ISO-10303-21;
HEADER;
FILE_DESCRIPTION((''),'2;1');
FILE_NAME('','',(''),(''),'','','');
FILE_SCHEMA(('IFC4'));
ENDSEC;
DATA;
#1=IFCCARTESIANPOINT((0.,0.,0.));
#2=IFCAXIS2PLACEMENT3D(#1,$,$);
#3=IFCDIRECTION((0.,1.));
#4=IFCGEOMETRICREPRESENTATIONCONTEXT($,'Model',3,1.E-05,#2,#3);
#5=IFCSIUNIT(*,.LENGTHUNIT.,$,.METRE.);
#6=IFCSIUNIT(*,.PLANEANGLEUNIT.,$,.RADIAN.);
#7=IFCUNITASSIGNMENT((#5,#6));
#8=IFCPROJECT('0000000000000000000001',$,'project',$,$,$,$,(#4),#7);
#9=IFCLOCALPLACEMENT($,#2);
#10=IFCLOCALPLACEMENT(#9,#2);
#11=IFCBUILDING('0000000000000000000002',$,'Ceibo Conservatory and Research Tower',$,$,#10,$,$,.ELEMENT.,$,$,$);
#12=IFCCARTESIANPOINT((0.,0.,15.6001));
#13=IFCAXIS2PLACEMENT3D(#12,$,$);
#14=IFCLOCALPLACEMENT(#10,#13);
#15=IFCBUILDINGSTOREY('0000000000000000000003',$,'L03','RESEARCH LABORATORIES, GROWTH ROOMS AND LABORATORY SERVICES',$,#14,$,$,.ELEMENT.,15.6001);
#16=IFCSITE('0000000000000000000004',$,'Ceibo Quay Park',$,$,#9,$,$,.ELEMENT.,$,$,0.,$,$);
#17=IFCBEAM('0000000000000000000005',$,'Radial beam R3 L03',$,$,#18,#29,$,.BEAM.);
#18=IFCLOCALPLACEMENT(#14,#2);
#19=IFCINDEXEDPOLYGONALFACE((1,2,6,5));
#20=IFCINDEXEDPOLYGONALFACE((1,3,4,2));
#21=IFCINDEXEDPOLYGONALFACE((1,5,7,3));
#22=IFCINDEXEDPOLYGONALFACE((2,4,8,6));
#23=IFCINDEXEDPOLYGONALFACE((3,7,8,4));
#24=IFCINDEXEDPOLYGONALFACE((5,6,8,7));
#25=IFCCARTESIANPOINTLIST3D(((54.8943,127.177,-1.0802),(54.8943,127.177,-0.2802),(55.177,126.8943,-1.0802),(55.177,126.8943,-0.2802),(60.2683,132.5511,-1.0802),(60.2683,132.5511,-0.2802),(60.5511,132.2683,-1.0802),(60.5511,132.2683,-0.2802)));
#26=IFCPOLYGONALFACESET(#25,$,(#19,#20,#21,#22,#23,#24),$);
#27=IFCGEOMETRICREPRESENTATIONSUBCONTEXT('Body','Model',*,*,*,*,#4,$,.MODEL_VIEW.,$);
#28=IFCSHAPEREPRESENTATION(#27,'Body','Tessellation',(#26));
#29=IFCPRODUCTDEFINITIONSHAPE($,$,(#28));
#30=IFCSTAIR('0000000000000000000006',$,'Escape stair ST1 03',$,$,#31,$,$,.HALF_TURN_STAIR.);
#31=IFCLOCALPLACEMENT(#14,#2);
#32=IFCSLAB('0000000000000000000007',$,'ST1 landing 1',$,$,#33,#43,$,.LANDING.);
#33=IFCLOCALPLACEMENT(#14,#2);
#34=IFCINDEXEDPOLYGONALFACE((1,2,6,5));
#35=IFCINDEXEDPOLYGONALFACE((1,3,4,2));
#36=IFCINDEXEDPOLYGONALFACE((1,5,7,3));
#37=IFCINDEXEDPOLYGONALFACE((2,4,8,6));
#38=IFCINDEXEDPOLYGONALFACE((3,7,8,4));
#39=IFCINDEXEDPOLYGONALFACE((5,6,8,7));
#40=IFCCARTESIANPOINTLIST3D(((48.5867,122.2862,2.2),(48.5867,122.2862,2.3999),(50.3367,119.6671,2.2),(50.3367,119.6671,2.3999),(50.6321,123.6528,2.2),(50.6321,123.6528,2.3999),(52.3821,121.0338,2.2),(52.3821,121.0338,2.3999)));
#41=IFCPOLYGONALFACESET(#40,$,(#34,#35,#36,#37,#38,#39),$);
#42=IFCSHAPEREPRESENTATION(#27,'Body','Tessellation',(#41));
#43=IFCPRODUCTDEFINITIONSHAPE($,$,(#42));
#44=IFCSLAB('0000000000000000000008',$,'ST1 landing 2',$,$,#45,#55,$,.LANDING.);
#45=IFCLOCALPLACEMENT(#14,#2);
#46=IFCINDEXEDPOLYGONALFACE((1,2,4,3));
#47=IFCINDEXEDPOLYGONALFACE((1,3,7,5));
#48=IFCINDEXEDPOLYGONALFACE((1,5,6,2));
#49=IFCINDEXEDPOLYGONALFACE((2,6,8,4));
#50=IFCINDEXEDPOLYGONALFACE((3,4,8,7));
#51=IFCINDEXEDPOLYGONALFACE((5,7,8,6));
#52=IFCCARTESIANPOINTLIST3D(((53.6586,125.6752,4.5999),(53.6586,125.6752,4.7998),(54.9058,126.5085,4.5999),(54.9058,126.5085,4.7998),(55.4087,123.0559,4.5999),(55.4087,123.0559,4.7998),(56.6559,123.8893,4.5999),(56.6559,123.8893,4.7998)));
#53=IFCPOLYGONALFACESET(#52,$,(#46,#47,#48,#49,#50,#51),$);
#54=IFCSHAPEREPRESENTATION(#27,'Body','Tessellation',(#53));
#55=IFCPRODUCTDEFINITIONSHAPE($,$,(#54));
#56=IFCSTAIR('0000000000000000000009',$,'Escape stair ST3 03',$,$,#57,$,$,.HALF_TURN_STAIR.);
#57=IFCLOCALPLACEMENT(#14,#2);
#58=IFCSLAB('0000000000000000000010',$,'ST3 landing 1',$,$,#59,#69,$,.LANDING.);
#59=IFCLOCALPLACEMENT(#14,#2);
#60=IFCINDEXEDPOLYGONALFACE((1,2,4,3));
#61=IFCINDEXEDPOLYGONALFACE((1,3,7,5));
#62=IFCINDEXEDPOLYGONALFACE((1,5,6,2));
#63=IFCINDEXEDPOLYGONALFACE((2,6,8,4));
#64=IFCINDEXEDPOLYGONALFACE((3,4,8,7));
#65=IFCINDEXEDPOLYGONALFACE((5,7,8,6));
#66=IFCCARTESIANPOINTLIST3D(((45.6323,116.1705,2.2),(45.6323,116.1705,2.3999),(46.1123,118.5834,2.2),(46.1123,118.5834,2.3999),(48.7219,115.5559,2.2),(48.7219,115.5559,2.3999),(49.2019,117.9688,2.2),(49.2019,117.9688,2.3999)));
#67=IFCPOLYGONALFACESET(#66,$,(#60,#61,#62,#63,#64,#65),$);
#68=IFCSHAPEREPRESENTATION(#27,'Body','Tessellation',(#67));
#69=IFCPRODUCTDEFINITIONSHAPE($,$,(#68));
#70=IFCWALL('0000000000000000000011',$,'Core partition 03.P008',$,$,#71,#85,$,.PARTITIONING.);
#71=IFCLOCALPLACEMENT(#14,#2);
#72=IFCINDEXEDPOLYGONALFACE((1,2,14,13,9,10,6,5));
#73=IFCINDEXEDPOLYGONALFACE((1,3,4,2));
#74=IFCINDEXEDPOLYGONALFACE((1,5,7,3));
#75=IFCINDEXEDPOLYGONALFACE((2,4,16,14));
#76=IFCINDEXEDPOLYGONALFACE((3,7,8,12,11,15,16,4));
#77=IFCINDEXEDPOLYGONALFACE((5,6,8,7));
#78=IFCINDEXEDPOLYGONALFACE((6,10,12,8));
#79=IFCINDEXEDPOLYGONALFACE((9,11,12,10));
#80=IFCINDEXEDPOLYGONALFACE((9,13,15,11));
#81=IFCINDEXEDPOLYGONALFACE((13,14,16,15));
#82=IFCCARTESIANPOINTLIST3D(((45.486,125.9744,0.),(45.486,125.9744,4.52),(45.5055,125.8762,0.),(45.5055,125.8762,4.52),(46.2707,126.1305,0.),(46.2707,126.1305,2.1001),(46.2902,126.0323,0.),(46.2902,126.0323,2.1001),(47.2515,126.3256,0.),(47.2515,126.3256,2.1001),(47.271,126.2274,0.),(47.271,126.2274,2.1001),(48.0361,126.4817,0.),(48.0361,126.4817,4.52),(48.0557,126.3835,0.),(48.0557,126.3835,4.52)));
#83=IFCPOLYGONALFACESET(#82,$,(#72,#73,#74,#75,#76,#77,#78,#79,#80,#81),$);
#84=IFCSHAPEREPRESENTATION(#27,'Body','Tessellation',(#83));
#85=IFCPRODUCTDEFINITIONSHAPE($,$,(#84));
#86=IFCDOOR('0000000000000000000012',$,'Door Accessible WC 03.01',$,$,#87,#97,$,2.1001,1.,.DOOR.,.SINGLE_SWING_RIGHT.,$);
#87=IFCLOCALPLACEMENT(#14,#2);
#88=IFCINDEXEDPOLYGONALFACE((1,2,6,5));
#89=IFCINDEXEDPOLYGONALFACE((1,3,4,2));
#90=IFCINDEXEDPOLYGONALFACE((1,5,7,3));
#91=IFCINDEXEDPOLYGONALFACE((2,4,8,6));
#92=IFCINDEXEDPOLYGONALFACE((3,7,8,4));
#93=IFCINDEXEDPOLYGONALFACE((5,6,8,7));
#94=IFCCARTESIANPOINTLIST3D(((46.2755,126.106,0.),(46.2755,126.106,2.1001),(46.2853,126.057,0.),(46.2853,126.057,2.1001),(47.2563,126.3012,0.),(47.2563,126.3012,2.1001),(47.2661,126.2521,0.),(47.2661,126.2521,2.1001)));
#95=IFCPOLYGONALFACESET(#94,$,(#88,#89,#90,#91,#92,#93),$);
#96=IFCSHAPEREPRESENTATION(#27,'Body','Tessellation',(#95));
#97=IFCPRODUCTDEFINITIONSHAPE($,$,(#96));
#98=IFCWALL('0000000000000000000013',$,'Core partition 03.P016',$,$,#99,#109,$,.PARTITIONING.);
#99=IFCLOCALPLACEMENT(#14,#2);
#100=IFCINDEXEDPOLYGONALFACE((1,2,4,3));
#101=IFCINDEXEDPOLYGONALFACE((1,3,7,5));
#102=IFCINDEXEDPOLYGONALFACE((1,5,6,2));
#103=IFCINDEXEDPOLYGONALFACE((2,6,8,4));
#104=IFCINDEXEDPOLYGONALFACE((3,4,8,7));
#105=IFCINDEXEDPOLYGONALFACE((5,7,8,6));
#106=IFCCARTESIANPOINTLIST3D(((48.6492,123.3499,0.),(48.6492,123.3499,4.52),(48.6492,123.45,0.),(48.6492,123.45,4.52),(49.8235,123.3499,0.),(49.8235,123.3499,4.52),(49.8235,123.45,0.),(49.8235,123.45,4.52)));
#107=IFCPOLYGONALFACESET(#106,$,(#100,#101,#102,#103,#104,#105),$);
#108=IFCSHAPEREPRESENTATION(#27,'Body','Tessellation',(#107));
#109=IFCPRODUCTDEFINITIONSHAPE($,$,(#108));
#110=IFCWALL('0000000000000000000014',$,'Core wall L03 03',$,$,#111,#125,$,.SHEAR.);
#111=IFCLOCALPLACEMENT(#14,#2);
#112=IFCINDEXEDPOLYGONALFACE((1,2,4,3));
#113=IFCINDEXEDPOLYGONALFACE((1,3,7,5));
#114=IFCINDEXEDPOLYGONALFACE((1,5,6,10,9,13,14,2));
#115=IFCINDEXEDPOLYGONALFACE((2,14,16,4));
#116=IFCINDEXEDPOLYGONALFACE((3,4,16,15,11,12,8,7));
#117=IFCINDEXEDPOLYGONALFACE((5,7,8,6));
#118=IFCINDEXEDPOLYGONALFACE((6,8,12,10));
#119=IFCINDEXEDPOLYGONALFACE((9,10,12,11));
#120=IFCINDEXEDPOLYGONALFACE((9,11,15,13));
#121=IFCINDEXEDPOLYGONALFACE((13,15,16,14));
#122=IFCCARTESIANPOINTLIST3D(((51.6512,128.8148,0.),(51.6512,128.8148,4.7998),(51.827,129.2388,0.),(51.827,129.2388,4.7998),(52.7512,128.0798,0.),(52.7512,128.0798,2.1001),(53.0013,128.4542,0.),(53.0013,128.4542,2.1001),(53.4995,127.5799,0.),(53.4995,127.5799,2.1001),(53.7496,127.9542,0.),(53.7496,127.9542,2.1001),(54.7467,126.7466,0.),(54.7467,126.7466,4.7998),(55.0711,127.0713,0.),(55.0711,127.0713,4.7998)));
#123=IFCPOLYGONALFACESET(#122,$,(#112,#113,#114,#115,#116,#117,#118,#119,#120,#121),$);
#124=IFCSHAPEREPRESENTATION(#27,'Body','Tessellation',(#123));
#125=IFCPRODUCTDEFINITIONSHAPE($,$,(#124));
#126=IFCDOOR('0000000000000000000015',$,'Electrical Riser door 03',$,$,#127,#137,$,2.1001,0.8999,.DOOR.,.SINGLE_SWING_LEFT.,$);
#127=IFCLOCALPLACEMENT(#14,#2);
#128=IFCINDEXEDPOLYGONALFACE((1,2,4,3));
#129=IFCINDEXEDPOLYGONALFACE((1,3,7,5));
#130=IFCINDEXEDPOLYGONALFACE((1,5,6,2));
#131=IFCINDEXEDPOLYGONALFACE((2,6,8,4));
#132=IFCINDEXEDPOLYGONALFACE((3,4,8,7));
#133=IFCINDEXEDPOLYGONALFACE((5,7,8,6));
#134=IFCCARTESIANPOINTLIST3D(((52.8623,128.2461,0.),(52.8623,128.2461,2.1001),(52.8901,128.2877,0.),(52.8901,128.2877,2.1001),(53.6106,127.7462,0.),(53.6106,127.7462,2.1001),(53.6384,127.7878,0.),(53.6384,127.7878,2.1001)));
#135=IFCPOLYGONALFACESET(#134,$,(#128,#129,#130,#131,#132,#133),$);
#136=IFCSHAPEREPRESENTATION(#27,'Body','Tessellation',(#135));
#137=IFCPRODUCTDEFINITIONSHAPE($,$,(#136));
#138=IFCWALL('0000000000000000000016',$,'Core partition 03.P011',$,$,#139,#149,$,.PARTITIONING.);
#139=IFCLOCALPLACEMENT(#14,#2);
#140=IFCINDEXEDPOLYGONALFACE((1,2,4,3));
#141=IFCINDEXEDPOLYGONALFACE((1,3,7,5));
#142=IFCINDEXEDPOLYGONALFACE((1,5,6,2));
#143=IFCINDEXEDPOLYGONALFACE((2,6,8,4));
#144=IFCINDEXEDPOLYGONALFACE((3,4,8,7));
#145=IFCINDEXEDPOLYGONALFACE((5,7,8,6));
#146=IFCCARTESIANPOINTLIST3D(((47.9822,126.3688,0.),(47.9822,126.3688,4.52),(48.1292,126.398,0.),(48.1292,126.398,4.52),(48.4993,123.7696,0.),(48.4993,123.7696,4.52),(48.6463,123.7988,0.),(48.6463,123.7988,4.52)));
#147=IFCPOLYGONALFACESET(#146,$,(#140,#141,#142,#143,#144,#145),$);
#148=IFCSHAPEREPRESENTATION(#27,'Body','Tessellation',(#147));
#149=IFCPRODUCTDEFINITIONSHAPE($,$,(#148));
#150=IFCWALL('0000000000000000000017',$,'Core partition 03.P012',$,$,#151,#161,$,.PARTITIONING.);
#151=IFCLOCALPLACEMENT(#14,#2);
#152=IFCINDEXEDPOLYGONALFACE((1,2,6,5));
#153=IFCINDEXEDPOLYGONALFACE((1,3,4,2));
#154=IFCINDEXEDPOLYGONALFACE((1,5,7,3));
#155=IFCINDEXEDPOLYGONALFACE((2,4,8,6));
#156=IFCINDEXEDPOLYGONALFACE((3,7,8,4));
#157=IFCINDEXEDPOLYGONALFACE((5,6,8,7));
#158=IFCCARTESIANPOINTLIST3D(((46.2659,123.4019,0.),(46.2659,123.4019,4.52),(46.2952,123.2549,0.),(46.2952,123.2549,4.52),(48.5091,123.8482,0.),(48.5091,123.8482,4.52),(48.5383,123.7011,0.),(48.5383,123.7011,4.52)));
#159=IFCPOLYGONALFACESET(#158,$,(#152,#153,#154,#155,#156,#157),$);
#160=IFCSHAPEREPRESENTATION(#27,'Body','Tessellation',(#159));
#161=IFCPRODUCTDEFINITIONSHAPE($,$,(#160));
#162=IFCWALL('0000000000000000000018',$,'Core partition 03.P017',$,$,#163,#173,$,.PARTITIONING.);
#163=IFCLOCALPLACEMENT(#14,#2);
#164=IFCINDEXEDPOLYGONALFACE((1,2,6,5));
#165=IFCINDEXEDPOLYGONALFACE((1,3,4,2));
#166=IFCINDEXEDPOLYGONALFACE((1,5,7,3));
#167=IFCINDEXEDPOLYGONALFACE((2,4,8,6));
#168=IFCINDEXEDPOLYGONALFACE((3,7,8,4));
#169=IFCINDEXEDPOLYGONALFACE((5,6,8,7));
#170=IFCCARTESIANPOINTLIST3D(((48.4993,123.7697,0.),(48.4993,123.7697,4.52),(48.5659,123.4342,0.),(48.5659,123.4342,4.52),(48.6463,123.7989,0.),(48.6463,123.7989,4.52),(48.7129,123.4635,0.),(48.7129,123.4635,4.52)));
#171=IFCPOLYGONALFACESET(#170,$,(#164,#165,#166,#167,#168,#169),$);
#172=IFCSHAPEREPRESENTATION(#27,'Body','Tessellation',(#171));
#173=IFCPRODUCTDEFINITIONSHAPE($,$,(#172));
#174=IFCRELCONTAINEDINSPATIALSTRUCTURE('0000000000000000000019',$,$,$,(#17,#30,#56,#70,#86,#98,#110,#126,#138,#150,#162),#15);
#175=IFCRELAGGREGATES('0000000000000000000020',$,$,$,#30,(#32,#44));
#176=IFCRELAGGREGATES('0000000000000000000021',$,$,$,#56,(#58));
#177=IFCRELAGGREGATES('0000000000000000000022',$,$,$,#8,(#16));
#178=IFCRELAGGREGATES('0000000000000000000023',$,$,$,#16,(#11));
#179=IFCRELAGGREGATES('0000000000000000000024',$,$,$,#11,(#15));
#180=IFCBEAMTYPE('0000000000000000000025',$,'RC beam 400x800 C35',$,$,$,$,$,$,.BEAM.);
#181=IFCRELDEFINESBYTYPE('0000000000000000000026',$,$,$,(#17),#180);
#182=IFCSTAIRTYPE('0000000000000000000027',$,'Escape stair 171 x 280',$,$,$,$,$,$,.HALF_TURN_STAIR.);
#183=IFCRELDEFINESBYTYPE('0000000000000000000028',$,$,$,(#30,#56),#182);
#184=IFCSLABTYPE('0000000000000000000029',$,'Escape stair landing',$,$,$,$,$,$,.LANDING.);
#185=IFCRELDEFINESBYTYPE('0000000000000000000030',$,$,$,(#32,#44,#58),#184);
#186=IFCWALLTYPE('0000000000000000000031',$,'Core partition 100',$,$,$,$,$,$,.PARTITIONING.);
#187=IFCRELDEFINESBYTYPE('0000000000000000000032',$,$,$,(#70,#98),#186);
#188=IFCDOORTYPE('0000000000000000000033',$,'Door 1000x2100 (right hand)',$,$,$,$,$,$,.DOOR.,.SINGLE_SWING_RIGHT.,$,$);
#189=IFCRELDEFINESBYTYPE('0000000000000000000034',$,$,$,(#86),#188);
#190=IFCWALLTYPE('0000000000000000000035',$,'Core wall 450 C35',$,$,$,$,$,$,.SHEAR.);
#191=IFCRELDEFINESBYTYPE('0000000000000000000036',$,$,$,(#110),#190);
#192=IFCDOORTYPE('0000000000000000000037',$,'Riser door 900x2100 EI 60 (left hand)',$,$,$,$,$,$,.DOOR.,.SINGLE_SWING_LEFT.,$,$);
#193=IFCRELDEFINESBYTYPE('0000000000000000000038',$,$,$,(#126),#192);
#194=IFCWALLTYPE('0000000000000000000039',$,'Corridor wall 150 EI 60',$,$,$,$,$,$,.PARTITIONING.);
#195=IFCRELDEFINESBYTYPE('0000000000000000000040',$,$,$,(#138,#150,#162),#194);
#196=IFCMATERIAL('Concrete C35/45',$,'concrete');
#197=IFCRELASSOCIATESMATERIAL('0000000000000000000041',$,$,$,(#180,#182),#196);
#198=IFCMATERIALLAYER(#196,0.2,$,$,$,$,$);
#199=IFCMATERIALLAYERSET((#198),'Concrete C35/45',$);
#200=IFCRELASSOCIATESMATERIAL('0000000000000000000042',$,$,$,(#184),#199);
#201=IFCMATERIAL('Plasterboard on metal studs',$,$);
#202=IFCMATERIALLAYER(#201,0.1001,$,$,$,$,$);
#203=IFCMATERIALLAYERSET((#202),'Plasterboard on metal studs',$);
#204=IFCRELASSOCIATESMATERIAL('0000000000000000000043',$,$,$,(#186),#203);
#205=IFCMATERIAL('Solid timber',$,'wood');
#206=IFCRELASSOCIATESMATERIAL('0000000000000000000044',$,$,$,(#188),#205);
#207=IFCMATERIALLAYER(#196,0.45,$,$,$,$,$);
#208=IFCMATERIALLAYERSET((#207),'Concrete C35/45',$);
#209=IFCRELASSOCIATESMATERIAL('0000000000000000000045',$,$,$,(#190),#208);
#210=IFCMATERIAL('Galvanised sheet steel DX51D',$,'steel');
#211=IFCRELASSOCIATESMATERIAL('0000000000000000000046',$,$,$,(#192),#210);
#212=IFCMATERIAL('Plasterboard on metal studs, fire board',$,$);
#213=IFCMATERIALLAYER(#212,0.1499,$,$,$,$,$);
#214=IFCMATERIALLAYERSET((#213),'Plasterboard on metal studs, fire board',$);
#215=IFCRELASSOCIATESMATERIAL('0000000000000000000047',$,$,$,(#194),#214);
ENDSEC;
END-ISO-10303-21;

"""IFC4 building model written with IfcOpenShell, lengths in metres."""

from ifc_helpers import new_model, si_unit, direction, frame, frame_2d, origin, origin_2d, place, context, subcontext, project, spatial, polyline, rectangle, outline, extrude, material, layer, layer_set, material_profile, profile_set, type_object, element, fill, aggregate, save


model = new_model("IFC4")

# Units and contexts
model_context = context("Model", 3, precision=1e-05, world=origin(), true_north=direction((0.0, 1.0)))
body_context = subcontext(model_context, "Body", "Model", "MODEL_VIEW")
ifc_project = project(units=[si_unit("LENGTHUNIT", "METRE"), si_unit("PLANEANGLEUNIT", "RADIAN")], contexts=[model_context])

# Site, building, storey
site_placement = place(None, origin())
site = spatial("IfcSite", under=ifc_project, at=site_placement, Name="Ceibo Quay Park", CompositionType="ELEMENT", RefElevation=0.0)
building_placement = place(site_placement, origin())
building = spatial("IfcBuilding", under=site, at=building_placement, Name="Ceibo Conservatory and Research Tower", CompositionType="ELEMENT")
storey_placement = place(building_placement, frame((0.0, 0.0, 15.6001)))
storey = spatial("IfcBuildingStorey", under=building, at=storey_placement, Name="L03", Description="RESEARCH LABORATORIES, GROWTH ROOMS AND LABORATORY SERVICES", CompositionType="ELEMENT", Elevation=15.6001)

# Beam
ifc_material_1 = material(Name="Concrete C35/45", Category="concrete")
ifc_material_profile = material_profile(ifc_material_1, rectangle(XDim=0.3999, YDim=0.8, at=origin_2d()), Name="RC 400x800")
ifc_profile_set = profile_set([ifc_material_profile], Name="Concrete C35/45")
beam_type = type_object("IfcBeamType", Name="RC beam 400x800 C35", PredefinedType="BEAM", material=ifc_profile_set)
beam_placement = place(storey_placement, frame((55.0356, 127.0356, -0.6802), z_axis=(0.707107, 0.707107, 0.0), x_axis=(-0.707107, 0.707107, 0.0)))
element("IfcBeam", 1, at=beam_placement, inside=storey, type_object=beam_type, Name="Radial beam R3 L03", PredefinedType="BEAM", context=body_context, shape_type="SweptSolid", body=[
    extrude(rectangle(XDim=0.3999, YDim=0.8, at=origin_2d()), origin(), (0.0, 0.0, 1.0), 7.6001),
])

# Stair, slabs
stair_type = type_object("IfcStairType", Name="Escape stair 171 x 280", PredefinedType="HALF_TURN_STAIR", material=ifc_material_1)
stair_1_placement = place(storey_placement, origin())
stair_1 = element("IfcStair", 2, at=stair_1_placement, inside=storey, type_object=stair_type, Name="Escape stair ST1 03", PredefinedType="HALF_TURN_STAIR")
ifc_layer_1 = layer(ifc_material_1, 0.2)
ifc_layer_set_1 = layer_set([ifc_layer_1], Name="Concrete C35/45")
slab_type = type_object("IfcSlabType", Name="Escape stair landing", PredefinedType="LANDING", material=ifc_layer_set_1)
slab_1_placement = place(storey_placement, frame((50.6321, 123.6528, 2.2), z_axis=(0.0, 0.0, 1.0), x_axis=(-0.83147, -0.55557, 0.0)))
slab_1 = element("IfcSlab", 3, at=slab_1_placement, type_object=slab_type, Name="ST1 landing 1", PredefinedType="LANDING", context=body_context, shape_type="SweptSolid", body=[
    extrude(outline(polyline([(0.0, 0.0), (2.46, 0.0), (2.46, 3.1499), (0.0, 3.1499), (0.0, 0.0)])), origin(), (0.0, 0.0, 1.0), 0.2),
])
slab_2_placement = place(storey_placement, frame((54.9058, 126.5085, 4.5999), z_axis=(0.0, 0.0, 1.0), x_axis=(-0.83147, -0.55557, 0.0)))
slab_2 = element("IfcSlab", 4, at=slab_2_placement, type_object=slab_type, Name="ST1 landing 2", PredefinedType="LANDING", context=body_context, shape_type="SweptSolid", body=[
    extrude(outline(polyline([(0.0, 0.0), (1.5, 0.0), (1.5, 3.1501), (0.0, 3.1501), (0.0, 0.0)])), origin(), (0.0, 0.0, 1.0), 0.2),
])

# Stair, slab
stair_2_placement = place(storey_placement, origin())
stair_2 = element("IfcStair", 5, at=stair_2_placement, inside=storey, type_object=stair_type, Name="Escape stair ST3 03", PredefinedType="HALF_TURN_STAIR")
slab_3_placement = place(storey_placement, frame((48.7219, 115.5559, 2.2), z_axis=(0.0, 0.0, 1.0), x_axis=(0.19509, 0.980785, 0.0)))
slab_3 = element("IfcSlab", 6, at=slab_3_placement, type_object=slab_type, Name="ST3 landing 1", PredefinedType="LANDING", context=body_context, shape_type="SweptSolid", body=[
    extrude(outline(polyline([(0.0, 0.0), (2.4602, 0.0), (2.4602, 3.1501), (0.0, 3.1501), (0.0, 0.0)])), origin(), (0.0, 0.0, 1.0), 0.2),
])

# Wall, opening, door
ifc_material_2 = material(Name="Plasterboard on metal studs")
ifc_layer_2 = layer(ifc_material_2, 0.1001)
ifc_layer_set_2 = layer_set([ifc_layer_2], Name="Plasterboard on metal studs")
wall_type_1 = type_object("IfcWallType", Name="Core partition 100", PredefinedType="PARTITIONING", material=ifc_layer_set_2)
wall_1_placement = place(storey_placement, frame((48.0459, 126.4326, 0.0), z_axis=(0.0, 0.0, 1.0), x_axis=(-0.980779, -0.195123, 0.0)))
wall_1 = element("IfcWall", 7, at=wall_1_placement, inside=storey, type_object=wall_type_1, Name="Core partition 03.P008", PredefinedType="PARTITIONING", context=body_context, shape_type="SweptSolid", body=[
    extrude(rectangle(XDim=2.6001, YDim=0.1001, at=frame_2d((1.3, 0.0))), origin(), (0.0, 0.0, 1.0), 4.52),
])
opening_1_placement = place(wall_1_placement, frame((0.8, 0.0, 0.0)))
opening_1 = element("IfcOpeningElement", 8, at=opening_1_placement, cuts=wall_1, PredefinedType="OPENING", context=body_context, shape_type="SweptSolid", body=[
    extrude(rectangle(XDim=1.0, YDim=2.1001, at=frame_2d((0.5, 1.05))), frame((0.0, 0.0601, 0.0), z_axis=(0.0, -1.0, 0.0), x_axis=(1.0, 0.0, 0.0)), (0.0, 0.0, 1.0), 0.1201),
])
ifc_material_3 = material(Name="Solid timber", Category="wood")
door_type_1 = type_object("IfcDoorType", Name="Door 1000x2100 (right hand)", OperationType="SINGLE_SWING_RIGHT", PredefinedType="DOOR", material=ifc_material_3)
door_1_placement = place(opening_1_placement, origin())
door_1 = element("IfcDoor", 9, at=door_1_placement, inside=storey, type_object=door_type_1, Name="Door Accessible WC 03.01", OperationType="SINGLE_SWING_RIGHT", OverallHeight=2.1001, OverallWidth=1.0, PredefinedType="DOOR", context=body_context, shape_type="SweptSolid", body=[
    extrude(rectangle(XDim=1.0, YDim=2.1001, at=frame_2d((0.5, 1.05))), frame((0.0, 0.0249, 0.0), z_axis=(0.0, -1.0, 0.0), x_axis=(1.0, 0.0, 0.0)), (0.0, 0.0, 1.0), 0.05),
])
fill(opening_1, door_1)

# Wall
wall_2_placement = place(storey_placement, frame((49.8235, 123.3999, 0.0), z_axis=(0.0, 0.0, 1.0), x_axis=(-1.0, 0.0, 0.0)))
element("IfcWall", 10, at=wall_2_placement, inside=storey, type_object=wall_type_1, Name="Core partition 03.P016", PredefinedType="PARTITIONING", context=body_context, shape_type="SweptSolid", body=[
    extrude(rectangle(XDim=1.1743, YDim=0.1001, at=frame_2d((0.5872, 0.0))), origin(), (0.0, 0.0, 1.0), 4.52),
])

# Wall, opening, door
ifc_layer_3 = layer(ifc_material_1, 0.45)
ifc_layer_set_3 = layer_set([ifc_layer_3], Name="Concrete C35/45")
wall_type_2 = type_object("IfcWallType", Name="Core wall 450 C35", PredefinedType="SHEAR", material=ifc_layer_set_3)
wall_3_placement = place(storey_placement, frame((54.9089, 126.9089, 0.0), z_axis=(0.0, 0.0, 1.0), x_axis=(-0.831488, 0.555542, 0.0)))
wall_3 = element("IfcWall", 11, at=wall_3_placement, inside=storey, type_object=wall_type_2, Name="Core wall L03 03", PredefinedType="SHEAR", context=body_context, shape_type="SweptSolid", body=[
    extrude(outline(polyline([(-0.0447, -0.2251), (3.8569, -0.2251), (3.7676, 0.2251), (0.0447, 0.2251), (-0.0447, -0.2251)])), origin(), (0.0, 0.0, 1.0), 4.7998),
])
opening_2_placement = place(wall_3_placement, frame((1.5447, 0.0, 0.0)))
opening_2 = element("IfcOpeningElement", 12, at=opening_2_placement, cuts=wall_3, PredefinedType="OPENING", context=body_context, shape_type="SweptSolid", body=[
    extrude(rectangle(XDim=0.8999, YDim=2.1001, at=frame_2d((0.45, 1.05))), frame((0.0, 0.2349, 0.0), z_axis=(0.0, -1.0, 0.0), x_axis=(1.0, 0.0, 0.0)), (0.0, 0.0, 1.0), 0.47),
])
ifc_material_4 = material(Name="Galvanised sheet steel DX51D", Category="steel")
door_type_2 = type_object("IfcDoorType", Name="Riser door 900x2100 EI 60 (left hand)", OperationType="SINGLE_SWING_LEFT", PredefinedType="DOOR", material=ifc_material_4)
door_2_placement = place(opening_2_placement, frame((0.8999, 0.0, 0.0), z_axis=(0.0, 0.0, 1.0), x_axis=(-1.0, 0.0, 0.0)))
door_2 = element("IfcDoor", 13, at=door_2_placement, inside=storey, type_object=door_type_2, Name="Electrical Riser door 03", OperationType="SINGLE_SWING_LEFT", OverallHeight=2.1001, OverallWidth=0.8999, PredefinedType="DOOR", context=body_context, shape_type="SweptSolid", body=[
    extrude(rectangle(XDim=0.8999, YDim=2.1001, at=frame_2d((0.45, 1.05))), frame((0.0, 0.0249, 0.0), z_axis=(0.0, -1.0, 0.0), x_axis=(1.0, 0.0, 0.0)), (0.0, 0.0, 1.0), 0.05),
])
fill(opening_2, door_2)

# Walls
ifc_material_5 = material(Name="Plasterboard on metal studs, fire board")
ifc_layer_4 = layer(ifc_material_5, 0.1499)
ifc_layer_set_4 = layer_set([ifc_layer_4], Name="Plasterboard on metal studs, fire board")
wall_type_3 = type_object("IfcWallType", Name="Corridor wall 150 EI 60", PredefinedType="PARTITIONING", material=ifc_layer_set_4)
wall_4_placement = place(storey_placement, frame((48.0557, 126.3835, 0.0), z_axis=(0.0, 0.0, 1.0), x_axis=(0.195124, -0.980779, 0.0)))
element("IfcWall", 14, at=wall_4_placement, inside=storey, type_object=wall_type_3, Name="Core partition 03.P011", PredefinedType="PARTITIONING", context=body_context, shape_type="SweptSolid", body=[
    extrude(rectangle(XDim=2.6501, YDim=0.1499, at=frame_2d((1.3252, 0.0))), origin(), (0.0, 0.0, 1.0), 4.52),
])
wall_5_placement = place(storey_placement, frame((48.5237, 123.7747, 0.0), z_axis=(0.0, 0.0, 1.0), x_axis=(-0.980777, -0.195131, 0.0)))
element("IfcWall", 15, at=wall_5_placement, inside=storey, type_object=wall_type_3, Name="Core partition 03.P012", PredefinedType="PARTITIONING", context=body_context, shape_type="SweptSolid", body=[
    extrude(rectangle(XDim=2.2871, YDim=0.1499, at=frame_2d((1.1436, 0.0))), origin(), (0.0, 0.0, 1.0), 4.52),
])
wall_6_placement = place(storey_placement, frame((48.6394, 123.449, 0.0), z_axis=(0.0, 0.0, 1.0), x_axis=(-0.19488, 0.980827, 0.0)))
element("IfcWall", 16, at=wall_6_placement, inside=storey, type_object=wall_type_3, Name="Core partition 03.P017", PredefinedType="PARTITIONING", context=body_context, shape_type="SweptSolid", body=[
    extrude(rectangle(XDim=0.342, YDim=0.1499, at=frame_2d((0.1709, 0.0))), origin(), (0.0, 0.0, 1.0), 4.52),
])

aggregate(stair_1, [slab_1, slab_2])
aggregate(stair_2, [slab_3])

save(model, "model.ifc")
